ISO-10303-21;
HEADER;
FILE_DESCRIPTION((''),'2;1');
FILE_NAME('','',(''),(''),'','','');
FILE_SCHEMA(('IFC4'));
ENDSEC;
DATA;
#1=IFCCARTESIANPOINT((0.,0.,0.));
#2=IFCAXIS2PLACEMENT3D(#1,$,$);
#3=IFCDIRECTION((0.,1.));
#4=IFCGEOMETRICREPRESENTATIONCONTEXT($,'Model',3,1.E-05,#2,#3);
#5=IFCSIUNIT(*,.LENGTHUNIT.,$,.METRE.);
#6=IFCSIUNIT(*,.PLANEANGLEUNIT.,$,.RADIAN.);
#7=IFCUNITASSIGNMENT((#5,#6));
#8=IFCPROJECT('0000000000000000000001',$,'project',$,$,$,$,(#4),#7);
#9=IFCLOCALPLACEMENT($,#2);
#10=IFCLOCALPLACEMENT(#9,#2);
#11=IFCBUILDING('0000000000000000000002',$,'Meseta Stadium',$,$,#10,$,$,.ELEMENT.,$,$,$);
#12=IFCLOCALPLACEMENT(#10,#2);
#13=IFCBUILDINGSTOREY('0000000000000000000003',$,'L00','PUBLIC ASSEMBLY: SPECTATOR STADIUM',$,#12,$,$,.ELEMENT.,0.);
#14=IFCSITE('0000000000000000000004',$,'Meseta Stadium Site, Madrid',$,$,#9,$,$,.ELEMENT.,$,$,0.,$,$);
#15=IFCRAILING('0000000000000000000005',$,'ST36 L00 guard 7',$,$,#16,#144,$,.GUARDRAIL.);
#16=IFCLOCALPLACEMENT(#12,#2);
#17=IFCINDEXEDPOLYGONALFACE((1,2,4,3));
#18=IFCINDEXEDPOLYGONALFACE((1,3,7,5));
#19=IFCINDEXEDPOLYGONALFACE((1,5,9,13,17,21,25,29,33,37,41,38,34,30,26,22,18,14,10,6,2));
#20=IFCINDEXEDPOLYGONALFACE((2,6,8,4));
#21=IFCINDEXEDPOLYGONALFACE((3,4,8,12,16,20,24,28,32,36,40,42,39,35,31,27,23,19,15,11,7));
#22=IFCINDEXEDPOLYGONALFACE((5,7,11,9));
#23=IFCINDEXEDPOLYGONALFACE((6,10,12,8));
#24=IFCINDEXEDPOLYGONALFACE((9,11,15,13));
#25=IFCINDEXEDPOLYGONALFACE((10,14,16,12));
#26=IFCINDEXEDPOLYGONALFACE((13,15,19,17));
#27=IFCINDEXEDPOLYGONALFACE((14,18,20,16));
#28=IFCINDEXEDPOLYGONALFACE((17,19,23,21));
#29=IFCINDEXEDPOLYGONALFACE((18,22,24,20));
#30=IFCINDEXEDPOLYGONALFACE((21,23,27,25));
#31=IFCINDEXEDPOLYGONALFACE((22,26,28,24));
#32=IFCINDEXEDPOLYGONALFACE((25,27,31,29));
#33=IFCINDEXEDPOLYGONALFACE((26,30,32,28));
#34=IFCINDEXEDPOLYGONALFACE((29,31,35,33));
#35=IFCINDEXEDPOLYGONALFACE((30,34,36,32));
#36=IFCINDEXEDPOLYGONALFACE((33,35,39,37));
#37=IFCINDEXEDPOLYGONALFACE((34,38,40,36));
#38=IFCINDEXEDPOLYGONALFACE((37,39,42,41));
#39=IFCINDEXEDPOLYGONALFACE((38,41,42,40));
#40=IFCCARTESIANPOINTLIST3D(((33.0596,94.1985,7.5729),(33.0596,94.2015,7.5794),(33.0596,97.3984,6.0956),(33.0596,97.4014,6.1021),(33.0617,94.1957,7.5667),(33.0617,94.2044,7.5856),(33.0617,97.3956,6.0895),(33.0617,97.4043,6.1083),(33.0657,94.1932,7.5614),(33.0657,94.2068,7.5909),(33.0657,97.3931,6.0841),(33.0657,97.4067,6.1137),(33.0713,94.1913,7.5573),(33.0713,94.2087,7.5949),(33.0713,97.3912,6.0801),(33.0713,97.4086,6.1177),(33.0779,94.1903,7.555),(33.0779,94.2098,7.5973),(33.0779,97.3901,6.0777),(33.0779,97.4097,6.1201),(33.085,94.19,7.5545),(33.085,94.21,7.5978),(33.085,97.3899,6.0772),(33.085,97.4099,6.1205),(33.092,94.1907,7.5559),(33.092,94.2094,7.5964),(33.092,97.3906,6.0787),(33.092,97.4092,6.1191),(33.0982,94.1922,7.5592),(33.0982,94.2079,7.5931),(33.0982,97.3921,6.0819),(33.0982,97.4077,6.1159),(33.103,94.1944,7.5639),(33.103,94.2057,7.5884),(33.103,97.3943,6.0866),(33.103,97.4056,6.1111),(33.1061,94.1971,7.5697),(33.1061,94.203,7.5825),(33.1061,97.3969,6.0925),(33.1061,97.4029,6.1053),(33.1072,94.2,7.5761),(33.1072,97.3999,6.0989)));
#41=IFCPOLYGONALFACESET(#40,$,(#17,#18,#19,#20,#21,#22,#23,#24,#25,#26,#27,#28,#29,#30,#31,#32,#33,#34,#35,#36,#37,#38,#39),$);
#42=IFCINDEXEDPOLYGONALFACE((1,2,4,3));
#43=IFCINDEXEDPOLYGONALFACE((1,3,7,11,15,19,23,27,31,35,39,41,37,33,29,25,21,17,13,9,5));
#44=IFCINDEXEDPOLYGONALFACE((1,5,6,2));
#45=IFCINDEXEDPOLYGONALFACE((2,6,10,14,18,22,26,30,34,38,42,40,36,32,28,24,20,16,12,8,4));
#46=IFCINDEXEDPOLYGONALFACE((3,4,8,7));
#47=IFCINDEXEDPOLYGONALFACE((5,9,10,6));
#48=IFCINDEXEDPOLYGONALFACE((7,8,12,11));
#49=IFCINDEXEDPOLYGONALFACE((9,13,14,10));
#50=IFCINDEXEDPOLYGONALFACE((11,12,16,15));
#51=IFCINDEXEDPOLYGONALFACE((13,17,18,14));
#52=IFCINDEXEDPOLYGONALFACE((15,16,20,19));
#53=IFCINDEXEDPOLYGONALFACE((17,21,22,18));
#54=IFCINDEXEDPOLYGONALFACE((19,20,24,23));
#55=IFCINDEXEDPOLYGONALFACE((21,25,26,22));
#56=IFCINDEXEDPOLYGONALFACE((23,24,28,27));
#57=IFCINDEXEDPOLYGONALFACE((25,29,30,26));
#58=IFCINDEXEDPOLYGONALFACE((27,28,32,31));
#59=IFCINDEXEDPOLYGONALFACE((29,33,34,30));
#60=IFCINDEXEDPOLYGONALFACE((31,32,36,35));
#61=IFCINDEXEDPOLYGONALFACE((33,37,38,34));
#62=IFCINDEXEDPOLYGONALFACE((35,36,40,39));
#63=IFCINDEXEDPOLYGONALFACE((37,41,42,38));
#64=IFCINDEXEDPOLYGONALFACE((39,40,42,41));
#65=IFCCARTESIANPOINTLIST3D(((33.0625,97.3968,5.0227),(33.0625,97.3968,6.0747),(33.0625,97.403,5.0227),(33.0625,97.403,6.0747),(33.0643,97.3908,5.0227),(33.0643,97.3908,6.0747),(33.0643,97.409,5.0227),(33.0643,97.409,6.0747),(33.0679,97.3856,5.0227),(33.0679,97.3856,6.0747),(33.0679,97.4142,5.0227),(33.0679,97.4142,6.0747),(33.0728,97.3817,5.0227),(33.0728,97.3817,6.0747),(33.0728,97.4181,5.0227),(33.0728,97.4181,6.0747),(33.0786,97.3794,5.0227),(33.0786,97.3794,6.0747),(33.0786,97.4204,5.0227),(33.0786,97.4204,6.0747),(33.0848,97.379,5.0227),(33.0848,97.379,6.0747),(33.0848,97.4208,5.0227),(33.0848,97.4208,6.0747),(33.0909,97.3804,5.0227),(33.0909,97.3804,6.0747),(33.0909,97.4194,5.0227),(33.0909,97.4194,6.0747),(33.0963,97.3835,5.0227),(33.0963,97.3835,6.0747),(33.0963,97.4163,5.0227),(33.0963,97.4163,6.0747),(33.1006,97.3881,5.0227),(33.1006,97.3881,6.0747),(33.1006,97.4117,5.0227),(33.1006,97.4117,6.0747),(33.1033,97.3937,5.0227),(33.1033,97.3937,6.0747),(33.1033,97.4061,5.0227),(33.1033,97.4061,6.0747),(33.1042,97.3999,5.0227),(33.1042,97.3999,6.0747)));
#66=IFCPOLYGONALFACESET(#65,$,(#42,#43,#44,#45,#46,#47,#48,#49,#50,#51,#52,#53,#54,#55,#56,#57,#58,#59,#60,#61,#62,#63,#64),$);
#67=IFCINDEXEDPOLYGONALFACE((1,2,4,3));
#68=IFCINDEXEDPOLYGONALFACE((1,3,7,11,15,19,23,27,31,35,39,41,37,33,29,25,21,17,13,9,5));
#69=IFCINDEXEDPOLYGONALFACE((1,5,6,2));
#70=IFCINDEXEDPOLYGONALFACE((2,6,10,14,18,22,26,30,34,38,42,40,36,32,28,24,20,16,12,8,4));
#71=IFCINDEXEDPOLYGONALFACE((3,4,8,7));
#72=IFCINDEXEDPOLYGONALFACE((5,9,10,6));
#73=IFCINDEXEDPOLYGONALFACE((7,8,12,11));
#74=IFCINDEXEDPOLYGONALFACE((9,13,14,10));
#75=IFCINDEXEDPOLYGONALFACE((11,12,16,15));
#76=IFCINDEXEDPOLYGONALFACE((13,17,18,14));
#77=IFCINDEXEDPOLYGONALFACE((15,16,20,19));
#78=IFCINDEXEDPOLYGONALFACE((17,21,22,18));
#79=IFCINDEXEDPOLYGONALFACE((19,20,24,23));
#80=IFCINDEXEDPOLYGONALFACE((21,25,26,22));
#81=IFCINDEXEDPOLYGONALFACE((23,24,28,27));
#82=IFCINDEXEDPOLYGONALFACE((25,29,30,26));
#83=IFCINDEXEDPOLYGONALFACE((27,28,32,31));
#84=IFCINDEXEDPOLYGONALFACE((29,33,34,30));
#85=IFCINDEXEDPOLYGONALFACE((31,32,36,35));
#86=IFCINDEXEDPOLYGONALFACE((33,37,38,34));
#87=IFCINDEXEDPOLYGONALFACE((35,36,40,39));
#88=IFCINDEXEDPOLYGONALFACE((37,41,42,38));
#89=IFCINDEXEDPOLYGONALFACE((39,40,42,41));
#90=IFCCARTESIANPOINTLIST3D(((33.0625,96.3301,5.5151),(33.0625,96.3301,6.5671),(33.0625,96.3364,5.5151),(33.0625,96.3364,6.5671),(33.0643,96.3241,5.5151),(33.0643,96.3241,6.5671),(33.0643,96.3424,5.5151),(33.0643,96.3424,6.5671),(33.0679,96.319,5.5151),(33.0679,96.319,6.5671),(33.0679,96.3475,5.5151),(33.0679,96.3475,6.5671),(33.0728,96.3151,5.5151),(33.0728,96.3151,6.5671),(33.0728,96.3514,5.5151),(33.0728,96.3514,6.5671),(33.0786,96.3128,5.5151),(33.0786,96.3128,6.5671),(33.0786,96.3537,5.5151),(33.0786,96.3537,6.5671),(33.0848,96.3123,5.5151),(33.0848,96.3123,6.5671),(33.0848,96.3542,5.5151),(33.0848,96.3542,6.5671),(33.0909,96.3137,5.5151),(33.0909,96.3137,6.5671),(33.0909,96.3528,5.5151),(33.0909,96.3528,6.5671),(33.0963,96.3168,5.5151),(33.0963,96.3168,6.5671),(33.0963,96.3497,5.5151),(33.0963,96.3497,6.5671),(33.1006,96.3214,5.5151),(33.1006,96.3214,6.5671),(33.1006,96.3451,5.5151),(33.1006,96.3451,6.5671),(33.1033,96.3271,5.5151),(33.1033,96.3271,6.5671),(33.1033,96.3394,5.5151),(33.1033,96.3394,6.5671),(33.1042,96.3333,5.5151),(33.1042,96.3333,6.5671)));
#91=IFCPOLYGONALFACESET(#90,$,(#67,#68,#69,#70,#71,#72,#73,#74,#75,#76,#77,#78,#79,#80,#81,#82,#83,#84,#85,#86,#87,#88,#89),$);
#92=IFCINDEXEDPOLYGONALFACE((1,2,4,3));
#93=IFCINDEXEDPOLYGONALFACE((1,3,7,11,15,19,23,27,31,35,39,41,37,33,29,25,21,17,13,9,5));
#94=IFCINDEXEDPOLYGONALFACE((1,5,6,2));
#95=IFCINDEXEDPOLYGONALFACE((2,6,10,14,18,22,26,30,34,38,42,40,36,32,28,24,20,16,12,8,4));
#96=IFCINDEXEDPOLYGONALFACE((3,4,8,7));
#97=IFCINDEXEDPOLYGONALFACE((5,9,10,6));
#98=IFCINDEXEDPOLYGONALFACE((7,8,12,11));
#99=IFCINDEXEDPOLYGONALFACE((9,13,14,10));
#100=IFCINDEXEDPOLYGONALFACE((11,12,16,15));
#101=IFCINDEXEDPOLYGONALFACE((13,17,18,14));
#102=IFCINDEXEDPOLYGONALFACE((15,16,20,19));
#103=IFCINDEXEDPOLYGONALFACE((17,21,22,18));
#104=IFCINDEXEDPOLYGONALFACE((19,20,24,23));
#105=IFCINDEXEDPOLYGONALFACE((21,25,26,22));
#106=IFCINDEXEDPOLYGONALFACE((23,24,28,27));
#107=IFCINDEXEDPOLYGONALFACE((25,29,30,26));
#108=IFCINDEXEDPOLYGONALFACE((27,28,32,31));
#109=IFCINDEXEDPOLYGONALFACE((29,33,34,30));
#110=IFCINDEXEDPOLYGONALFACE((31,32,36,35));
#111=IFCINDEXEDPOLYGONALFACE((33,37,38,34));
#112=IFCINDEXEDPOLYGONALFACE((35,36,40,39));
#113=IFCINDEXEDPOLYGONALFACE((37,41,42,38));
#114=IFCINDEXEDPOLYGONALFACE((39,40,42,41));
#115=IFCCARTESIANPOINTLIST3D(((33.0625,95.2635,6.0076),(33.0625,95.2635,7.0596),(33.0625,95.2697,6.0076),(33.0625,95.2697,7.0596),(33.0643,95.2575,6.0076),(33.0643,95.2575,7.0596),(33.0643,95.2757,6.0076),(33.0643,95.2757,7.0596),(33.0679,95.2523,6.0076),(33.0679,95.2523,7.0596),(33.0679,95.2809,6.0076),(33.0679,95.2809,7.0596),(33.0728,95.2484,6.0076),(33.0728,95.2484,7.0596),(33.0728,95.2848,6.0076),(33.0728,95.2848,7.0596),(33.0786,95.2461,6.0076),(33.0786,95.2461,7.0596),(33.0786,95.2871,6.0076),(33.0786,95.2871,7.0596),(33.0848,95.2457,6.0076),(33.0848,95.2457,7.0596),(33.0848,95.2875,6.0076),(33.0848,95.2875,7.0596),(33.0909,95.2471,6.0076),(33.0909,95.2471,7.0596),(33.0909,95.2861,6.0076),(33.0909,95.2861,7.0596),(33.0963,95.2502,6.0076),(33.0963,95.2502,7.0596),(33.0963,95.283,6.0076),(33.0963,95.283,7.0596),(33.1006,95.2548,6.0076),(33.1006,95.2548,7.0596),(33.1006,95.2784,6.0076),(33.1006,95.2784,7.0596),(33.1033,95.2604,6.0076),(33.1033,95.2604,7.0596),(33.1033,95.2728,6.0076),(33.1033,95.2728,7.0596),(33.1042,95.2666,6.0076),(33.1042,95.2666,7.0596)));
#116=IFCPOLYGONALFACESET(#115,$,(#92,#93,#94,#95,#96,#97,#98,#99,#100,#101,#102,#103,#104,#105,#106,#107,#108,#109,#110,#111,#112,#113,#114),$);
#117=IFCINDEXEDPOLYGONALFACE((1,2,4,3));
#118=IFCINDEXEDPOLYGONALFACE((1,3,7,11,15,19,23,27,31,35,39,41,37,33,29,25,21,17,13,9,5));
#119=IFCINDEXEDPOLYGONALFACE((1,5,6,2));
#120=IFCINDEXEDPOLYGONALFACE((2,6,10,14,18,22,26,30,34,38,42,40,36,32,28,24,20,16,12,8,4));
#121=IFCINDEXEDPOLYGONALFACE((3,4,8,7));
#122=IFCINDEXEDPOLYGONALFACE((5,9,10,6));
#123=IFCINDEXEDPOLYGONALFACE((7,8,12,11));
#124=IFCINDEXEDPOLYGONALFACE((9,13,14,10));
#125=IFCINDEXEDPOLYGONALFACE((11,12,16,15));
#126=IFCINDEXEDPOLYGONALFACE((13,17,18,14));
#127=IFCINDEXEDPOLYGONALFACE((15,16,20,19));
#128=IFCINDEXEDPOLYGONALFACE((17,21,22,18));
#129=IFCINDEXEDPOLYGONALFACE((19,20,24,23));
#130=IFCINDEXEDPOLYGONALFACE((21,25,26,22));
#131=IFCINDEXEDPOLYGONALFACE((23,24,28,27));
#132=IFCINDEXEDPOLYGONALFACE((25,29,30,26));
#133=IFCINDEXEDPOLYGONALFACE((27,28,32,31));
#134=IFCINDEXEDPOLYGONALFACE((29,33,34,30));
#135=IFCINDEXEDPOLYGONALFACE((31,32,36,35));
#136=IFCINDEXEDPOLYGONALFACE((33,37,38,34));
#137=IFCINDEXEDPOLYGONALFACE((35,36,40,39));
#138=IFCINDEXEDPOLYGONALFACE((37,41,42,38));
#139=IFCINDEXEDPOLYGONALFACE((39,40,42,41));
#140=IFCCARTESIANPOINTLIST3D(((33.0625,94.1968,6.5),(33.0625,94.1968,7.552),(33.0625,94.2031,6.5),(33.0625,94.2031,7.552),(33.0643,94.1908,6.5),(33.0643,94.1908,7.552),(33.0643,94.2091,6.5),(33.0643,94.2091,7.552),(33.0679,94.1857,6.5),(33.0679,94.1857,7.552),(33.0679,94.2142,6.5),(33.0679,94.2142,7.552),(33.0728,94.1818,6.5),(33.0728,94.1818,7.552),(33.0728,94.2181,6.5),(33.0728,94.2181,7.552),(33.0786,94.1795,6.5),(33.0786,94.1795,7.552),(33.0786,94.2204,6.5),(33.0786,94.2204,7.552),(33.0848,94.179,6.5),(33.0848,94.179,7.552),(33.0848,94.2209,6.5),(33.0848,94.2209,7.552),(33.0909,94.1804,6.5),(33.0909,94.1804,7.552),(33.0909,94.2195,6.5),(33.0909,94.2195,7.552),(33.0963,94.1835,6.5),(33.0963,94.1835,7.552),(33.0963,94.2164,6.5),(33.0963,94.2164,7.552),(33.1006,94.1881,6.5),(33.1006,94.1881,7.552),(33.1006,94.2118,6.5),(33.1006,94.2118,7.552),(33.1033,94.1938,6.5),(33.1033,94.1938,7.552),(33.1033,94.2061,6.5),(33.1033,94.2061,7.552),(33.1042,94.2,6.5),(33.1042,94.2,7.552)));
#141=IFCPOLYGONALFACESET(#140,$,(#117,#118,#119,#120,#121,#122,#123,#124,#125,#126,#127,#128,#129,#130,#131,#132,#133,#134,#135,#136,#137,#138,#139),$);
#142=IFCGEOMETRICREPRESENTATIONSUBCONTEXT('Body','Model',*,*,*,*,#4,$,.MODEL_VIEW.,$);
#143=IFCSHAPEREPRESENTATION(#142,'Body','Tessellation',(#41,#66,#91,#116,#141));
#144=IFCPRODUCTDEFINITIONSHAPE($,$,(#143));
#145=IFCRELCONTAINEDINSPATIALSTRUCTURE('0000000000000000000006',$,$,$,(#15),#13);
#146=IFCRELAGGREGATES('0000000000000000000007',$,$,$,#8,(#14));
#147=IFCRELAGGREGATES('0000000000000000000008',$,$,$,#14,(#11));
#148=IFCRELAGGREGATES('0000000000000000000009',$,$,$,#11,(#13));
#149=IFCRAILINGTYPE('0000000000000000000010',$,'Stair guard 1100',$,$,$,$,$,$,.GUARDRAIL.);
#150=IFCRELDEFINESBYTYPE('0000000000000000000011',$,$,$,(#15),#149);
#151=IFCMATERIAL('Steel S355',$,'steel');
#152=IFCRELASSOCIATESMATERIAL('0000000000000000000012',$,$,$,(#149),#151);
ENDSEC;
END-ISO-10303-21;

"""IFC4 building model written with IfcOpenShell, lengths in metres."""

from ifc_helpers import new_model, si_unit, direction, frame, origin, origin_2d, place, context, subcontext, project, spatial, circle, extrude, material, type_object, element, save


model = new_model("IFC4")

# Units and contexts
model_context = context("Model", 3, precision=1e-05, world=origin(), true_north=direction((0.0, 1.0)))
body_context = subcontext(model_context, "Body", "Model", "MODEL_VIEW")
ifc_project = project(units=[si_unit("LENGTHUNIT", "METRE"), si_unit("PLANEANGLEUNIT", "RADIAN")], contexts=[model_context])

# Site, building, storey
site_placement = place(None, origin())
site = spatial("IfcSite", under=ifc_project, at=site_placement, Name="Meseta Stadium Site, Madrid", CompositionType="ELEMENT", RefElevation=0.0)
building_placement = place(site_placement, origin())
building = spatial("IfcBuilding", under=site, at=building_placement, Name="Meseta Stadium", CompositionType="ELEMENT")
storey_placement = place(building_placement, origin())
storey = spatial("IfcBuildingStorey", under=building, at=storey_placement, Name="L00", Description="PUBLIC ASSEMBLY: SPECTATOR STADIUM", CompositionType="ELEMENT", Elevation=0.0)

# Railing
ifc_material_1 = material(Name="Steel S355", Category="steel")
railing_type_1 = type_object("IfcRailingType", Name="Stair guard 1100", PredefinedType="GUARDRAIL", material=ifc_material_1)
railing_1_placement = place(storey_placement, frame((33.0833, 97.3999, 5.0227)))
element("IfcRailing", 1, at=railing_1_placement, inside=storey, type_object=railing_type_1, Name="ST36 L00 guard 7", PredefinedType="GUARDRAIL", context=body_context, shape_type="SweptSolid", body=[
    extrude(circle(Radius=0.0239, at=origin_2d()), frame((0.0, 0.0, 1.0762), z_axis=(0.0, -0.907917, 0.41915), x_axis=(1.0, 0.0, 0.0)), (0.0, 0.0, 1.0), 3.5244),
    extrude(circle(Radius=0.021, at=origin_2d()), origin(), (0.0, 0.0, 1.0), 1.052),
    extrude(circle(Radius=0.021, at=origin_2d()), frame((0.0, -1.0667, 0.4924)), (0.0, 0.0, 1.0), 1.052),
    extrude(circle(Radius=0.021, at=origin_2d()), frame((0.0, -2.1333, 0.9849)), (0.0, 0.0, 1.0), 1.052),
    extrude(circle(Radius=0.021, at=origin_2d()), frame((0.0, -3.2, 1.4773)), (0.0, 0.0, 1.0), 1.052),
])

save(model, "model.ifc")
